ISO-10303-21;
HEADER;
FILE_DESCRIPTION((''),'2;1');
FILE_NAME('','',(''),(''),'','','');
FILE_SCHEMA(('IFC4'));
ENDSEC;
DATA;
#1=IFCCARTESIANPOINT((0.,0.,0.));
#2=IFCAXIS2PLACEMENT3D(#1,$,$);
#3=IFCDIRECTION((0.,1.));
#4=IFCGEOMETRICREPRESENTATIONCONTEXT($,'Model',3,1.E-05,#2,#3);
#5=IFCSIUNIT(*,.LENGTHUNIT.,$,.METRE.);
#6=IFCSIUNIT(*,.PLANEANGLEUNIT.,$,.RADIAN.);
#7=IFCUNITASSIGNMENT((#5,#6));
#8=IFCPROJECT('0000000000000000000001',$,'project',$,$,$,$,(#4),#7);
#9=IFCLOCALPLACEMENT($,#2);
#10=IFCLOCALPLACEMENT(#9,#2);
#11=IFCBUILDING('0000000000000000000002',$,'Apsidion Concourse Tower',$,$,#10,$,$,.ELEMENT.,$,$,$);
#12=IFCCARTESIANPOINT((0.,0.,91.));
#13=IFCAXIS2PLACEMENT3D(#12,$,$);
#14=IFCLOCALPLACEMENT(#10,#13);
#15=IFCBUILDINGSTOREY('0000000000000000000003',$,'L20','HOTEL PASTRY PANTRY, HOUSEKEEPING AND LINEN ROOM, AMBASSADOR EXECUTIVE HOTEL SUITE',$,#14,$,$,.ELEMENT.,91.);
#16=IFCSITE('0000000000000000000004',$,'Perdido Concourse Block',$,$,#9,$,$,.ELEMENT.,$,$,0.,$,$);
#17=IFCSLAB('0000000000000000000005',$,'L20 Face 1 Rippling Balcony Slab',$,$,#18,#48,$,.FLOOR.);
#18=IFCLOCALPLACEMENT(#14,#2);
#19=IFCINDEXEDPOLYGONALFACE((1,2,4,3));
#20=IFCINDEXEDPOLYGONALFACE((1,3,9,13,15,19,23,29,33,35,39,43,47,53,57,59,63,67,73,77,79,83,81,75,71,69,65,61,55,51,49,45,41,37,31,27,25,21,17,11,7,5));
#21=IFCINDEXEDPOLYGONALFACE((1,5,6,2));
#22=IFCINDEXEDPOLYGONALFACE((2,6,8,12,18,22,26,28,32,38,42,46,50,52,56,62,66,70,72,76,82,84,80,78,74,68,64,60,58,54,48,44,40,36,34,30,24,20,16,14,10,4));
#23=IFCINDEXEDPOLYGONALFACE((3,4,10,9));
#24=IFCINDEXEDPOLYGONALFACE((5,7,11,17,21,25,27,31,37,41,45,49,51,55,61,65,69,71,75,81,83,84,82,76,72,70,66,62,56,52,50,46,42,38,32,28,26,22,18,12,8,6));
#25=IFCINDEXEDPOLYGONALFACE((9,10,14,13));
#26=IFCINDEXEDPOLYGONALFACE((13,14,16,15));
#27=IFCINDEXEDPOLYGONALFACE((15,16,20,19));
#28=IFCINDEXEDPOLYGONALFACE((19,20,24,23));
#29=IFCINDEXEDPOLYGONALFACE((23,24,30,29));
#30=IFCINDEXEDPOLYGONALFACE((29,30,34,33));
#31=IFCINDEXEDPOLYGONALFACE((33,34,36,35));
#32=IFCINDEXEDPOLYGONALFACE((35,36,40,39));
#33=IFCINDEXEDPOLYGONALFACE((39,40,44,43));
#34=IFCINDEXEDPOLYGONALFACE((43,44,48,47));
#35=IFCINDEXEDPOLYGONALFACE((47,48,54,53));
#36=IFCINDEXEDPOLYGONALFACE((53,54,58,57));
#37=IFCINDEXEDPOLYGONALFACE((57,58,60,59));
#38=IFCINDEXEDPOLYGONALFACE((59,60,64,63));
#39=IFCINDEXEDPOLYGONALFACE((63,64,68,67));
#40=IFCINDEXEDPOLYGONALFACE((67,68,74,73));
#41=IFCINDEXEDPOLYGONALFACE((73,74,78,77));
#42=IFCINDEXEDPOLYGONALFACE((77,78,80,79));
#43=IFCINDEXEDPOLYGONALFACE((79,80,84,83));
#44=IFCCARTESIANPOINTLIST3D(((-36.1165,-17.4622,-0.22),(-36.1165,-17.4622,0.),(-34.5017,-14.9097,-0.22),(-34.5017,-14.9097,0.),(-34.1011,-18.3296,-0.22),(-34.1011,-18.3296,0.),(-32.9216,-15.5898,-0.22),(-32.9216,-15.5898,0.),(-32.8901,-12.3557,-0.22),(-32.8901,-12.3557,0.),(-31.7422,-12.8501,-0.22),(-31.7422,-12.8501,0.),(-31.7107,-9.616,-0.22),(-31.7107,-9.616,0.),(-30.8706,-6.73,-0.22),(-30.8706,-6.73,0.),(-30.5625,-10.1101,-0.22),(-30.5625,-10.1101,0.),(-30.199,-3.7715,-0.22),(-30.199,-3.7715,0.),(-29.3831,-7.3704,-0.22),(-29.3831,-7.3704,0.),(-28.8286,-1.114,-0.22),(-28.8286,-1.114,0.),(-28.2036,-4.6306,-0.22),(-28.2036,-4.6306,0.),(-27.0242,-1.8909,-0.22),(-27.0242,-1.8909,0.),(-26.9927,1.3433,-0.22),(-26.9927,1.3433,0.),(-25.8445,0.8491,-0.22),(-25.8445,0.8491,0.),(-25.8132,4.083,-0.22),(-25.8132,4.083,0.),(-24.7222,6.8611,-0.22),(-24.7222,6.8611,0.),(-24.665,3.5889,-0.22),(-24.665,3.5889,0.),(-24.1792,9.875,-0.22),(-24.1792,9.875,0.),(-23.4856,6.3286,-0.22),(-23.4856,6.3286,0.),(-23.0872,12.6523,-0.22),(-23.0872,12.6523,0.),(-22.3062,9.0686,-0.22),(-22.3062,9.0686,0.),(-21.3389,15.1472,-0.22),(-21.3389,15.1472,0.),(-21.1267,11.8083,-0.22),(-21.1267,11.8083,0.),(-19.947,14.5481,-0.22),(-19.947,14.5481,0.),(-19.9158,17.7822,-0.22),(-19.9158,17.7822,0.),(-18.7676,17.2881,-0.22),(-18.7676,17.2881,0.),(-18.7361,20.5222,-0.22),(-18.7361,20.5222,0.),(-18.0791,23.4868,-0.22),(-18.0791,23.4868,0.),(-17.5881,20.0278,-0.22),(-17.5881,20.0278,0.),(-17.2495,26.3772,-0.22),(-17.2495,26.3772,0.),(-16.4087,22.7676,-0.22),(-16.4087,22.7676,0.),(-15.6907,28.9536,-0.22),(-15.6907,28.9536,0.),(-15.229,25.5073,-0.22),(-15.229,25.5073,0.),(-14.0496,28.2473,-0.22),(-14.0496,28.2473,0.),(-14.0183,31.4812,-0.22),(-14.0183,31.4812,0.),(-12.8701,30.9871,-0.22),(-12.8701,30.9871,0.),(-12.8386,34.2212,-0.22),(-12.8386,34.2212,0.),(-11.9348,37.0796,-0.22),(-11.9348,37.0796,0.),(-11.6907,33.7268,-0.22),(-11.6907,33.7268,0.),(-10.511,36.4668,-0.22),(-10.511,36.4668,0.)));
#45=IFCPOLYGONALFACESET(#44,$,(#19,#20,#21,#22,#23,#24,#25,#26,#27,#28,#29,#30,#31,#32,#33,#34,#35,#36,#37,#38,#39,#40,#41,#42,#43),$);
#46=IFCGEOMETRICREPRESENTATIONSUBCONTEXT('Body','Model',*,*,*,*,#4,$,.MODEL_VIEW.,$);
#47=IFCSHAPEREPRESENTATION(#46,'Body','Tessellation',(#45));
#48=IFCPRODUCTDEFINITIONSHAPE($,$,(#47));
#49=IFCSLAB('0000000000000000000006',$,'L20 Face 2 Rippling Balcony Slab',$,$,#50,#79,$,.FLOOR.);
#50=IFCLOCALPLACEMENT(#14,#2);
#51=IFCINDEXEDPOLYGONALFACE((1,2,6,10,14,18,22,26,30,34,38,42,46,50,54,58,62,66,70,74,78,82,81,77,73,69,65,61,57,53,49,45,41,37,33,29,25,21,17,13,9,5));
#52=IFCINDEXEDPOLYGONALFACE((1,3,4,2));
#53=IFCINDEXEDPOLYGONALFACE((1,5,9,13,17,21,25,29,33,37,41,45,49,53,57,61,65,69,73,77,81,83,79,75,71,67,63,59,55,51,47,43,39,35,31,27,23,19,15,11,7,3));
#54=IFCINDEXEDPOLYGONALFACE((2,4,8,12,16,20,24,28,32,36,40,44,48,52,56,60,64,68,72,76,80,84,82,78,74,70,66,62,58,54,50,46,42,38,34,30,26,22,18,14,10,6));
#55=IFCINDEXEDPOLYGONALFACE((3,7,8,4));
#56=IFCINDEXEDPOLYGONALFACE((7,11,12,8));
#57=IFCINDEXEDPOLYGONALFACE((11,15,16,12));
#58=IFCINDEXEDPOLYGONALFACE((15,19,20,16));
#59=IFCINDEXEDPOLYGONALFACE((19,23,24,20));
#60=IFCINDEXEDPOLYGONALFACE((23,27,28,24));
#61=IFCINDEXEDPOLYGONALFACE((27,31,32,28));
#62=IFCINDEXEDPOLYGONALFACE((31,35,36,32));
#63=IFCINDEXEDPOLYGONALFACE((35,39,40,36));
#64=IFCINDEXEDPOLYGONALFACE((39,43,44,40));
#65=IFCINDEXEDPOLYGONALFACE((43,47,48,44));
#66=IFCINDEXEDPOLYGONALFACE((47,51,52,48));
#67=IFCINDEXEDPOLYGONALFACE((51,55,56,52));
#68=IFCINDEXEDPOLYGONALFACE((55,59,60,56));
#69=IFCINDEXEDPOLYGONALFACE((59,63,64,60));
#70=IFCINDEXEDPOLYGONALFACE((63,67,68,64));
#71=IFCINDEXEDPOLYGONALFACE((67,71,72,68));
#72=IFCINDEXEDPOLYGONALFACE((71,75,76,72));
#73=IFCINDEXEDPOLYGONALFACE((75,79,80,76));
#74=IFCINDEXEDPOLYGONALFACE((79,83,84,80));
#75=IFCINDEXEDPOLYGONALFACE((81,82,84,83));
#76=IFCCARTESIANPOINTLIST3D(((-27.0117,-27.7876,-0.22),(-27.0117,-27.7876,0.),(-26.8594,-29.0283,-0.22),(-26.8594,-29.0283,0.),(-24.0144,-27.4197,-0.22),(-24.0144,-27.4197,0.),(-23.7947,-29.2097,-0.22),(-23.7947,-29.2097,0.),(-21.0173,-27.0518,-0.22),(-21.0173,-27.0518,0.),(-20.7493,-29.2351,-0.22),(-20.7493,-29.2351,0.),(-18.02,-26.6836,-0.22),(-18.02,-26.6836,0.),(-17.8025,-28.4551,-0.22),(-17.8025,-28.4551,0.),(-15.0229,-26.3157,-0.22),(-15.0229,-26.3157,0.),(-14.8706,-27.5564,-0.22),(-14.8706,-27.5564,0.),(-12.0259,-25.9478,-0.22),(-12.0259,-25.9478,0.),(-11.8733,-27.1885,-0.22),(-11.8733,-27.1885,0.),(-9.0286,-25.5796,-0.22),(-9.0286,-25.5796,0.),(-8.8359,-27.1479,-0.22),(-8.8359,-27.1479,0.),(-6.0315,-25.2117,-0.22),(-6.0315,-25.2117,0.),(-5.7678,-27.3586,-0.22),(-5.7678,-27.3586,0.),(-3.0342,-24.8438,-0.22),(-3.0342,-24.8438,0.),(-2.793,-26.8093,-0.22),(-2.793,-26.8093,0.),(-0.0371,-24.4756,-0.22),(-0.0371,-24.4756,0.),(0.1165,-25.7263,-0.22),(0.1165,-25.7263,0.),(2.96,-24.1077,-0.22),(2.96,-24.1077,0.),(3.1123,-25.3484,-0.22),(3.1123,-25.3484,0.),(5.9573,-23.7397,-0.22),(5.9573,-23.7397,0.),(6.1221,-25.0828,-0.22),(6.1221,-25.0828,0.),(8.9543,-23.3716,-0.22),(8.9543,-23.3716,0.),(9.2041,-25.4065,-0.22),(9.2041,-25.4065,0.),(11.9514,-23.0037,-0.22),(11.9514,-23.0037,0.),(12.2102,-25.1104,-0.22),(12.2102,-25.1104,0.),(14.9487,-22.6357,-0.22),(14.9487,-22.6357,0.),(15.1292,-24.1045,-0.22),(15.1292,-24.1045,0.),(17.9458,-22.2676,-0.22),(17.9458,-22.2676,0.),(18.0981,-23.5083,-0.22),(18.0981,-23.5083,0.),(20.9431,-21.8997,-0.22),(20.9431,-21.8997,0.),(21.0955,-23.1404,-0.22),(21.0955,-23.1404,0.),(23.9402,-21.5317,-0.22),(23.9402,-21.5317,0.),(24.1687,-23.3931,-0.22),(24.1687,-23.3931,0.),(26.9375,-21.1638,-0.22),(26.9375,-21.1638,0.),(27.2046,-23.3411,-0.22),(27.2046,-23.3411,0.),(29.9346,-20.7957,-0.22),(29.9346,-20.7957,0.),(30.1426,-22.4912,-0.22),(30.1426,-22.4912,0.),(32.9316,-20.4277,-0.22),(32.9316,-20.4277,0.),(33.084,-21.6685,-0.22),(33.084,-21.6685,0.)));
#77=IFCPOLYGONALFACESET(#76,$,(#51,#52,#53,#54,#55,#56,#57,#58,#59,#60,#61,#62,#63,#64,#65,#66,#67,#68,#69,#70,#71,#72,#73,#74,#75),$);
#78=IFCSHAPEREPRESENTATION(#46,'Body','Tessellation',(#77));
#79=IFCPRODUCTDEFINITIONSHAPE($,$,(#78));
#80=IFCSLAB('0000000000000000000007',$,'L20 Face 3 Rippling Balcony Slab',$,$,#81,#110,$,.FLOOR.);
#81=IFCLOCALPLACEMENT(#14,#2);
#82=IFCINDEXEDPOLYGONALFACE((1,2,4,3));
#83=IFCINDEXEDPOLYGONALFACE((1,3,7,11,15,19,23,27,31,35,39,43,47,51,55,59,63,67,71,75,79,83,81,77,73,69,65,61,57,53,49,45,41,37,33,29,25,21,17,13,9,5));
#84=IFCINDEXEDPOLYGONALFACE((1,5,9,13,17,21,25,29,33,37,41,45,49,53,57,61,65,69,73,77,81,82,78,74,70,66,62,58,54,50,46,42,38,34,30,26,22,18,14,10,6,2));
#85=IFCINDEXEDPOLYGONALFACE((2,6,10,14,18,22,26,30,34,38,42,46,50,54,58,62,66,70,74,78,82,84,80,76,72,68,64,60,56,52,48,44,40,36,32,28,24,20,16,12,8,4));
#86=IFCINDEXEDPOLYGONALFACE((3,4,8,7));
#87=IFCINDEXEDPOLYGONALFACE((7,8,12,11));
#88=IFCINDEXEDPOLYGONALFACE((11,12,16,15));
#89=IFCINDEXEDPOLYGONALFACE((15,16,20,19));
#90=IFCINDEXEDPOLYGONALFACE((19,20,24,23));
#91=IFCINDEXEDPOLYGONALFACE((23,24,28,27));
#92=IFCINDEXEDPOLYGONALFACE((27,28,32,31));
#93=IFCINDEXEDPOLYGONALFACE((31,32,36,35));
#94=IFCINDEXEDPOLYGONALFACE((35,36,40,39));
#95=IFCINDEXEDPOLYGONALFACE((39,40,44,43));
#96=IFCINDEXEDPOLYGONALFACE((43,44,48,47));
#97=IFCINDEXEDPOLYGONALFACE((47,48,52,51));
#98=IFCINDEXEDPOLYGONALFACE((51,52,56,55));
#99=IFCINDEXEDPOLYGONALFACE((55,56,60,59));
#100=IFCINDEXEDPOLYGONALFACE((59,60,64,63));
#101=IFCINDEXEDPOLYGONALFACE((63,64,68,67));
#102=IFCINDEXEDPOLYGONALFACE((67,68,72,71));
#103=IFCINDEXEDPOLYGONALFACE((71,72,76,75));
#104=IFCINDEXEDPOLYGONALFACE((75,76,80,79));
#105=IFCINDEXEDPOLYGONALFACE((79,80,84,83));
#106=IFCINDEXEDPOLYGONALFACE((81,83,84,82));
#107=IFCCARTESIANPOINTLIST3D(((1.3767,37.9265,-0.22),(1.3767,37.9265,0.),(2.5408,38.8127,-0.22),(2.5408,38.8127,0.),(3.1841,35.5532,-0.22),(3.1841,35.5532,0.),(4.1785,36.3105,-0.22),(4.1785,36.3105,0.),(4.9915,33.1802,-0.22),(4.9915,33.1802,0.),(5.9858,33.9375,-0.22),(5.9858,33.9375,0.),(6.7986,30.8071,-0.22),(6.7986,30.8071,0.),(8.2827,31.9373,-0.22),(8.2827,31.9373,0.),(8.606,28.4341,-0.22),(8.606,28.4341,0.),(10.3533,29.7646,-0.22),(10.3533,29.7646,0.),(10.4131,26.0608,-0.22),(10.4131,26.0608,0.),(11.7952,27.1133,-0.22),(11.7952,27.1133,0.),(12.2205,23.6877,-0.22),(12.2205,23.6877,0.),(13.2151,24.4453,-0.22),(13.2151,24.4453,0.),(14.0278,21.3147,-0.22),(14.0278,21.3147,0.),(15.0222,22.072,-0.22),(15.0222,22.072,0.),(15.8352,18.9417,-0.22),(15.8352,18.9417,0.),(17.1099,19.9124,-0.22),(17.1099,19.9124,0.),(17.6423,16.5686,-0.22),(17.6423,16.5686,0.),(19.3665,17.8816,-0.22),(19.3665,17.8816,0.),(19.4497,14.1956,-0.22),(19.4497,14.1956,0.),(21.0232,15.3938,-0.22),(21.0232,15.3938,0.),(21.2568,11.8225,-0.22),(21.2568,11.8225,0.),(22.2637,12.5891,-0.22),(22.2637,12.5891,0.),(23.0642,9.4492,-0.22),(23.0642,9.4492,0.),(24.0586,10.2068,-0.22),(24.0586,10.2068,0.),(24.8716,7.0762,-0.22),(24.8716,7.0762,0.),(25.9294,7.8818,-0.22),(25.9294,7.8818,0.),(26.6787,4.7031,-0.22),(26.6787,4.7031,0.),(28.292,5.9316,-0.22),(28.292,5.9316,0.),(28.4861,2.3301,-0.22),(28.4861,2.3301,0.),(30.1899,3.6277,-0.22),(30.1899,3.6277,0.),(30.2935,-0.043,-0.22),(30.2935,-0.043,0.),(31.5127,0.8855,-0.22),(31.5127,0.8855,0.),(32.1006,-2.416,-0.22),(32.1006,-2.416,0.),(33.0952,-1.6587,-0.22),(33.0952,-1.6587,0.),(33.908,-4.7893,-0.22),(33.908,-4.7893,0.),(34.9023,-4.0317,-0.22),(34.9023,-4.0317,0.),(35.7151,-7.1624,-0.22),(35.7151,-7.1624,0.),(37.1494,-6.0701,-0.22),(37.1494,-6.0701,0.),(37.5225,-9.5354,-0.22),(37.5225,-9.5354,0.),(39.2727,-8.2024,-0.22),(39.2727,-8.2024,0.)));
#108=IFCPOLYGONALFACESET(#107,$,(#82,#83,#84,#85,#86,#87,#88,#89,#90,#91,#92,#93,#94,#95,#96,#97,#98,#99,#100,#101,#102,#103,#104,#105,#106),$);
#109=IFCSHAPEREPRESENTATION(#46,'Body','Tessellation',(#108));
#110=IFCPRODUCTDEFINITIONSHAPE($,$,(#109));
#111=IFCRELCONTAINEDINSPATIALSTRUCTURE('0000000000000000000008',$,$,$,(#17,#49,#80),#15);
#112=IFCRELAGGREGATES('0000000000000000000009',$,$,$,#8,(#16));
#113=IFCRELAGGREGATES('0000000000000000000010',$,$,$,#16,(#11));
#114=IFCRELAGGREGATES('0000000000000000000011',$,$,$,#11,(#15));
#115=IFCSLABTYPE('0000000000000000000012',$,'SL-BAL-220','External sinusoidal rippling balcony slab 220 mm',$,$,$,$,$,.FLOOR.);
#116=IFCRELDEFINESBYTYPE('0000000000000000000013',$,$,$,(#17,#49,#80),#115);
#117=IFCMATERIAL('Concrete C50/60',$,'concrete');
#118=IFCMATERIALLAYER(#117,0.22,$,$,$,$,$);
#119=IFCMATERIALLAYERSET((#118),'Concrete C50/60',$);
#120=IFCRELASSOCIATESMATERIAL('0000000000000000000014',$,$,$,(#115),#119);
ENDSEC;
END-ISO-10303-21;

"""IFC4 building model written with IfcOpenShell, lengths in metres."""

from ifc_helpers import new_model, si_unit, direction, frame, origin, place, context, subcontext, project, spatial, polyline, outline, extrude, material, layer, layer_set, type_object, element, save


model = new_model("IFC4")

# Units and contexts
model_context = context("Model", 3, precision=1e-05, world=origin(), true_north=direction((0.0, 1.0)))
body_context = subcontext(model_context, "Body", "Model", "MODEL_VIEW")
ifc_project = project(units=[si_unit("LENGTHUNIT", "METRE"), si_unit("PLANEANGLEUNIT", "RADIAN")], contexts=[model_context])

# Site, building, storey
site_placement = place(None, origin())
site = spatial("IfcSite", under=ifc_project, at=site_placement, Name="Perdido Concourse Block", CompositionType="ELEMENT", RefElevation=0.0)
building_placement = place(site_placement, origin())
building = spatial("IfcBuilding", under=site, at=building_placement, Name="Apsidion Concourse Tower", CompositionType="ELEMENT")
storey_placement = place(building_placement, frame((0.0, 0.0, 91.0)))
storey = spatial("IfcBuildingStorey", under=building, at=storey_placement, Name="L20", Description="HOTEL PASTRY PANTRY, HOUSEKEEPING AND LINEN ROOM, AMBASSADOR EXECUTIVE HOTEL SUITE", CompositionType="ELEMENT", Elevation=91.0)

# Shared definitions
ifc_material_1 = material(Name="Concrete C50/60", Category="concrete")

# Slabs
ifc_layer_1 = layer(ifc_material_1, 0.22)
ifc_layer_set_1 = layer_set([ifc_layer_1], Name="Concrete C50/60")
slab_type_1 = type_object("IfcSlabType", Name="SL-BAL-220", Description="External sinusoidal rippling balcony slab 220 mm", PredefinedType="FLOOR", material=ifc_layer_set_1)
slab_1_placement = place(storey_placement, frame((0.0, 0.0, -0.22)))
element("IfcSlab", 1, at=slab_1_placement, inside=storey, type_object=slab_type_1, Name="L20 Face 1 Rippling Balcony Slab", PredefinedType="FLOOR", context=body_context, shape_type="SweptSolid", body=[
    extrude(outline(polyline([(-10.511, 36.4668), (-11.6907, 33.7268), (-12.8701, 30.9871), (-14.0496, 28.2473), (-15.229, 25.5073), (-16.4087, 22.7676), (-17.5881, 20.0278), (-18.7676, 17.2881), (-19.947, 14.5481), (-21.1267, 11.8083), (-22.3062, 9.0686), (-23.4856, 6.3286), (-24.665, 3.5889), (-25.8445, 0.8491), (-27.0242, -1.8909), (-28.2036, -4.6306), (-29.3831, -7.3704), (-30.5625, -10.1101), (-31.7422, -12.8501), (-32.9216, -15.5898), (-34.1011, -18.3296), (-36.1165, -17.4622), (-34.5017, -14.9097), (-32.8901, -12.3557), (-31.7107, -9.616), (-30.8706, -6.73), (-30.199, -3.7715), (-28.8286, -1.114), (-26.9927, 1.3433), (-25.8132, 4.083), (-24.7222, 6.8611), (-24.1792, 9.875), (-23.0872, 12.6523), (-21.3389, 15.1472), (-19.9158, 17.7822), (-18.7361, 20.5222), (-18.0791, 23.4868), (-17.2495, 26.3772), (-15.6907, 28.9536), (-14.0183, 31.4812), (-12.8386, 34.2212), (-11.9348, 37.0796), (-10.511, 36.4668)])), origin(), (0.0, 0.0, 1.0), 0.22),
])
slab_2_placement = place(storey_placement, frame((0.0, 0.0, -0.22)))
element("IfcSlab", 2, at=slab_2_placement, inside=storey, type_object=slab_type_1, Name="L20 Face 2 Rippling Balcony Slab", PredefinedType="FLOOR", context=body_context, shape_type="SweptSolid", body=[
    extrude(outline(polyline([(-27.0117, -27.7876), (-24.0144, -27.4197), (-21.0173, -27.0518), (-18.02, -26.6836), (-15.0229, -26.3157), (-12.0259, -25.9478), (-9.0286, -25.5796), (-6.0315, -25.2117), (-3.0342, -24.8438), (-0.0371, -24.4756), (2.96, -24.1077), (5.9573, -23.7397), (8.9543, -23.3716), (11.9514, -23.0037), (14.9487, -22.6357), (17.9458, -22.2676), (20.9431, -21.8997), (23.9402, -21.5317), (26.9375, -21.1638), (29.9346, -20.7957), (32.9316, -20.4277), (33.084, -21.6685), (30.1426, -22.4912), (27.2046, -23.3411), (24.1687, -23.3931), (21.0955, -23.1404), (18.0981, -23.5083), (15.1292, -24.1045), (12.2102, -25.1104), (9.2041, -25.4065), (6.1221, -25.0828), (3.1123, -25.3484), (0.1165, -25.7263), (-2.793, -26.8093), (-5.7678, -27.3586), (-8.8359, -27.1479), (-11.8733, -27.1885), (-14.8706, -27.5564), (-17.8025, -28.4551), (-20.7493, -29.2351), (-23.7947, -29.2097), (-26.8594, -29.0283), (-27.0117, -27.7876)])), origin(), (0.0, 0.0, 1.0), 0.22),
])
slab_3_placement = place(storey_placement, frame((0.0, 0.0, -0.22)))
element("IfcSlab", 3, at=slab_3_placement, inside=storey, type_object=slab_type_1, Name="L20 Face 3 Rippling Balcony Slab", PredefinedType="FLOOR", context=body_context, shape_type="SweptSolid", body=[
    extrude(outline(polyline([(37.5225, -9.5354), (35.7151, -7.1624), (33.908, -4.7893), (32.1006, -2.416), (30.2935, -0.043), (28.4861, 2.3301), (26.6787, 4.7031), (24.8716, 7.0762), (23.0642, 9.4492), (21.2568, 11.8225), (19.4497, 14.1956), (17.6423, 16.5686), (15.8352, 18.9417), (14.0278, 21.3147), (12.2205, 23.6877), (10.4131, 26.0608), (8.606, 28.4341), (6.7986, 30.8071), (4.9915, 33.1802), (3.1841, 35.5532), (1.3767, 37.9265), (2.5408, 38.8127), (4.1785, 36.3105), (5.9858, 33.9375), (8.2827, 31.9373), (10.3533, 29.7646), (11.7952, 27.1133), (13.2151, 24.4453), (15.0222, 22.072), (17.1099, 19.9124), (19.3665, 17.8816), (21.0232, 15.3938), (22.2637, 12.5891), (24.0586, 10.2068), (25.9294, 7.8818), (28.292, 5.9316), (30.1899, 3.6277), (31.5127, 0.8855), (33.0952, -1.6587), (34.9023, -4.0317), (37.1494, -6.0701), (39.2727, -8.2024), (37.5225, -9.5354)])), origin(), (0.0, 0.0, 1.0), 0.22),
])

save(model, "model.ifc")
